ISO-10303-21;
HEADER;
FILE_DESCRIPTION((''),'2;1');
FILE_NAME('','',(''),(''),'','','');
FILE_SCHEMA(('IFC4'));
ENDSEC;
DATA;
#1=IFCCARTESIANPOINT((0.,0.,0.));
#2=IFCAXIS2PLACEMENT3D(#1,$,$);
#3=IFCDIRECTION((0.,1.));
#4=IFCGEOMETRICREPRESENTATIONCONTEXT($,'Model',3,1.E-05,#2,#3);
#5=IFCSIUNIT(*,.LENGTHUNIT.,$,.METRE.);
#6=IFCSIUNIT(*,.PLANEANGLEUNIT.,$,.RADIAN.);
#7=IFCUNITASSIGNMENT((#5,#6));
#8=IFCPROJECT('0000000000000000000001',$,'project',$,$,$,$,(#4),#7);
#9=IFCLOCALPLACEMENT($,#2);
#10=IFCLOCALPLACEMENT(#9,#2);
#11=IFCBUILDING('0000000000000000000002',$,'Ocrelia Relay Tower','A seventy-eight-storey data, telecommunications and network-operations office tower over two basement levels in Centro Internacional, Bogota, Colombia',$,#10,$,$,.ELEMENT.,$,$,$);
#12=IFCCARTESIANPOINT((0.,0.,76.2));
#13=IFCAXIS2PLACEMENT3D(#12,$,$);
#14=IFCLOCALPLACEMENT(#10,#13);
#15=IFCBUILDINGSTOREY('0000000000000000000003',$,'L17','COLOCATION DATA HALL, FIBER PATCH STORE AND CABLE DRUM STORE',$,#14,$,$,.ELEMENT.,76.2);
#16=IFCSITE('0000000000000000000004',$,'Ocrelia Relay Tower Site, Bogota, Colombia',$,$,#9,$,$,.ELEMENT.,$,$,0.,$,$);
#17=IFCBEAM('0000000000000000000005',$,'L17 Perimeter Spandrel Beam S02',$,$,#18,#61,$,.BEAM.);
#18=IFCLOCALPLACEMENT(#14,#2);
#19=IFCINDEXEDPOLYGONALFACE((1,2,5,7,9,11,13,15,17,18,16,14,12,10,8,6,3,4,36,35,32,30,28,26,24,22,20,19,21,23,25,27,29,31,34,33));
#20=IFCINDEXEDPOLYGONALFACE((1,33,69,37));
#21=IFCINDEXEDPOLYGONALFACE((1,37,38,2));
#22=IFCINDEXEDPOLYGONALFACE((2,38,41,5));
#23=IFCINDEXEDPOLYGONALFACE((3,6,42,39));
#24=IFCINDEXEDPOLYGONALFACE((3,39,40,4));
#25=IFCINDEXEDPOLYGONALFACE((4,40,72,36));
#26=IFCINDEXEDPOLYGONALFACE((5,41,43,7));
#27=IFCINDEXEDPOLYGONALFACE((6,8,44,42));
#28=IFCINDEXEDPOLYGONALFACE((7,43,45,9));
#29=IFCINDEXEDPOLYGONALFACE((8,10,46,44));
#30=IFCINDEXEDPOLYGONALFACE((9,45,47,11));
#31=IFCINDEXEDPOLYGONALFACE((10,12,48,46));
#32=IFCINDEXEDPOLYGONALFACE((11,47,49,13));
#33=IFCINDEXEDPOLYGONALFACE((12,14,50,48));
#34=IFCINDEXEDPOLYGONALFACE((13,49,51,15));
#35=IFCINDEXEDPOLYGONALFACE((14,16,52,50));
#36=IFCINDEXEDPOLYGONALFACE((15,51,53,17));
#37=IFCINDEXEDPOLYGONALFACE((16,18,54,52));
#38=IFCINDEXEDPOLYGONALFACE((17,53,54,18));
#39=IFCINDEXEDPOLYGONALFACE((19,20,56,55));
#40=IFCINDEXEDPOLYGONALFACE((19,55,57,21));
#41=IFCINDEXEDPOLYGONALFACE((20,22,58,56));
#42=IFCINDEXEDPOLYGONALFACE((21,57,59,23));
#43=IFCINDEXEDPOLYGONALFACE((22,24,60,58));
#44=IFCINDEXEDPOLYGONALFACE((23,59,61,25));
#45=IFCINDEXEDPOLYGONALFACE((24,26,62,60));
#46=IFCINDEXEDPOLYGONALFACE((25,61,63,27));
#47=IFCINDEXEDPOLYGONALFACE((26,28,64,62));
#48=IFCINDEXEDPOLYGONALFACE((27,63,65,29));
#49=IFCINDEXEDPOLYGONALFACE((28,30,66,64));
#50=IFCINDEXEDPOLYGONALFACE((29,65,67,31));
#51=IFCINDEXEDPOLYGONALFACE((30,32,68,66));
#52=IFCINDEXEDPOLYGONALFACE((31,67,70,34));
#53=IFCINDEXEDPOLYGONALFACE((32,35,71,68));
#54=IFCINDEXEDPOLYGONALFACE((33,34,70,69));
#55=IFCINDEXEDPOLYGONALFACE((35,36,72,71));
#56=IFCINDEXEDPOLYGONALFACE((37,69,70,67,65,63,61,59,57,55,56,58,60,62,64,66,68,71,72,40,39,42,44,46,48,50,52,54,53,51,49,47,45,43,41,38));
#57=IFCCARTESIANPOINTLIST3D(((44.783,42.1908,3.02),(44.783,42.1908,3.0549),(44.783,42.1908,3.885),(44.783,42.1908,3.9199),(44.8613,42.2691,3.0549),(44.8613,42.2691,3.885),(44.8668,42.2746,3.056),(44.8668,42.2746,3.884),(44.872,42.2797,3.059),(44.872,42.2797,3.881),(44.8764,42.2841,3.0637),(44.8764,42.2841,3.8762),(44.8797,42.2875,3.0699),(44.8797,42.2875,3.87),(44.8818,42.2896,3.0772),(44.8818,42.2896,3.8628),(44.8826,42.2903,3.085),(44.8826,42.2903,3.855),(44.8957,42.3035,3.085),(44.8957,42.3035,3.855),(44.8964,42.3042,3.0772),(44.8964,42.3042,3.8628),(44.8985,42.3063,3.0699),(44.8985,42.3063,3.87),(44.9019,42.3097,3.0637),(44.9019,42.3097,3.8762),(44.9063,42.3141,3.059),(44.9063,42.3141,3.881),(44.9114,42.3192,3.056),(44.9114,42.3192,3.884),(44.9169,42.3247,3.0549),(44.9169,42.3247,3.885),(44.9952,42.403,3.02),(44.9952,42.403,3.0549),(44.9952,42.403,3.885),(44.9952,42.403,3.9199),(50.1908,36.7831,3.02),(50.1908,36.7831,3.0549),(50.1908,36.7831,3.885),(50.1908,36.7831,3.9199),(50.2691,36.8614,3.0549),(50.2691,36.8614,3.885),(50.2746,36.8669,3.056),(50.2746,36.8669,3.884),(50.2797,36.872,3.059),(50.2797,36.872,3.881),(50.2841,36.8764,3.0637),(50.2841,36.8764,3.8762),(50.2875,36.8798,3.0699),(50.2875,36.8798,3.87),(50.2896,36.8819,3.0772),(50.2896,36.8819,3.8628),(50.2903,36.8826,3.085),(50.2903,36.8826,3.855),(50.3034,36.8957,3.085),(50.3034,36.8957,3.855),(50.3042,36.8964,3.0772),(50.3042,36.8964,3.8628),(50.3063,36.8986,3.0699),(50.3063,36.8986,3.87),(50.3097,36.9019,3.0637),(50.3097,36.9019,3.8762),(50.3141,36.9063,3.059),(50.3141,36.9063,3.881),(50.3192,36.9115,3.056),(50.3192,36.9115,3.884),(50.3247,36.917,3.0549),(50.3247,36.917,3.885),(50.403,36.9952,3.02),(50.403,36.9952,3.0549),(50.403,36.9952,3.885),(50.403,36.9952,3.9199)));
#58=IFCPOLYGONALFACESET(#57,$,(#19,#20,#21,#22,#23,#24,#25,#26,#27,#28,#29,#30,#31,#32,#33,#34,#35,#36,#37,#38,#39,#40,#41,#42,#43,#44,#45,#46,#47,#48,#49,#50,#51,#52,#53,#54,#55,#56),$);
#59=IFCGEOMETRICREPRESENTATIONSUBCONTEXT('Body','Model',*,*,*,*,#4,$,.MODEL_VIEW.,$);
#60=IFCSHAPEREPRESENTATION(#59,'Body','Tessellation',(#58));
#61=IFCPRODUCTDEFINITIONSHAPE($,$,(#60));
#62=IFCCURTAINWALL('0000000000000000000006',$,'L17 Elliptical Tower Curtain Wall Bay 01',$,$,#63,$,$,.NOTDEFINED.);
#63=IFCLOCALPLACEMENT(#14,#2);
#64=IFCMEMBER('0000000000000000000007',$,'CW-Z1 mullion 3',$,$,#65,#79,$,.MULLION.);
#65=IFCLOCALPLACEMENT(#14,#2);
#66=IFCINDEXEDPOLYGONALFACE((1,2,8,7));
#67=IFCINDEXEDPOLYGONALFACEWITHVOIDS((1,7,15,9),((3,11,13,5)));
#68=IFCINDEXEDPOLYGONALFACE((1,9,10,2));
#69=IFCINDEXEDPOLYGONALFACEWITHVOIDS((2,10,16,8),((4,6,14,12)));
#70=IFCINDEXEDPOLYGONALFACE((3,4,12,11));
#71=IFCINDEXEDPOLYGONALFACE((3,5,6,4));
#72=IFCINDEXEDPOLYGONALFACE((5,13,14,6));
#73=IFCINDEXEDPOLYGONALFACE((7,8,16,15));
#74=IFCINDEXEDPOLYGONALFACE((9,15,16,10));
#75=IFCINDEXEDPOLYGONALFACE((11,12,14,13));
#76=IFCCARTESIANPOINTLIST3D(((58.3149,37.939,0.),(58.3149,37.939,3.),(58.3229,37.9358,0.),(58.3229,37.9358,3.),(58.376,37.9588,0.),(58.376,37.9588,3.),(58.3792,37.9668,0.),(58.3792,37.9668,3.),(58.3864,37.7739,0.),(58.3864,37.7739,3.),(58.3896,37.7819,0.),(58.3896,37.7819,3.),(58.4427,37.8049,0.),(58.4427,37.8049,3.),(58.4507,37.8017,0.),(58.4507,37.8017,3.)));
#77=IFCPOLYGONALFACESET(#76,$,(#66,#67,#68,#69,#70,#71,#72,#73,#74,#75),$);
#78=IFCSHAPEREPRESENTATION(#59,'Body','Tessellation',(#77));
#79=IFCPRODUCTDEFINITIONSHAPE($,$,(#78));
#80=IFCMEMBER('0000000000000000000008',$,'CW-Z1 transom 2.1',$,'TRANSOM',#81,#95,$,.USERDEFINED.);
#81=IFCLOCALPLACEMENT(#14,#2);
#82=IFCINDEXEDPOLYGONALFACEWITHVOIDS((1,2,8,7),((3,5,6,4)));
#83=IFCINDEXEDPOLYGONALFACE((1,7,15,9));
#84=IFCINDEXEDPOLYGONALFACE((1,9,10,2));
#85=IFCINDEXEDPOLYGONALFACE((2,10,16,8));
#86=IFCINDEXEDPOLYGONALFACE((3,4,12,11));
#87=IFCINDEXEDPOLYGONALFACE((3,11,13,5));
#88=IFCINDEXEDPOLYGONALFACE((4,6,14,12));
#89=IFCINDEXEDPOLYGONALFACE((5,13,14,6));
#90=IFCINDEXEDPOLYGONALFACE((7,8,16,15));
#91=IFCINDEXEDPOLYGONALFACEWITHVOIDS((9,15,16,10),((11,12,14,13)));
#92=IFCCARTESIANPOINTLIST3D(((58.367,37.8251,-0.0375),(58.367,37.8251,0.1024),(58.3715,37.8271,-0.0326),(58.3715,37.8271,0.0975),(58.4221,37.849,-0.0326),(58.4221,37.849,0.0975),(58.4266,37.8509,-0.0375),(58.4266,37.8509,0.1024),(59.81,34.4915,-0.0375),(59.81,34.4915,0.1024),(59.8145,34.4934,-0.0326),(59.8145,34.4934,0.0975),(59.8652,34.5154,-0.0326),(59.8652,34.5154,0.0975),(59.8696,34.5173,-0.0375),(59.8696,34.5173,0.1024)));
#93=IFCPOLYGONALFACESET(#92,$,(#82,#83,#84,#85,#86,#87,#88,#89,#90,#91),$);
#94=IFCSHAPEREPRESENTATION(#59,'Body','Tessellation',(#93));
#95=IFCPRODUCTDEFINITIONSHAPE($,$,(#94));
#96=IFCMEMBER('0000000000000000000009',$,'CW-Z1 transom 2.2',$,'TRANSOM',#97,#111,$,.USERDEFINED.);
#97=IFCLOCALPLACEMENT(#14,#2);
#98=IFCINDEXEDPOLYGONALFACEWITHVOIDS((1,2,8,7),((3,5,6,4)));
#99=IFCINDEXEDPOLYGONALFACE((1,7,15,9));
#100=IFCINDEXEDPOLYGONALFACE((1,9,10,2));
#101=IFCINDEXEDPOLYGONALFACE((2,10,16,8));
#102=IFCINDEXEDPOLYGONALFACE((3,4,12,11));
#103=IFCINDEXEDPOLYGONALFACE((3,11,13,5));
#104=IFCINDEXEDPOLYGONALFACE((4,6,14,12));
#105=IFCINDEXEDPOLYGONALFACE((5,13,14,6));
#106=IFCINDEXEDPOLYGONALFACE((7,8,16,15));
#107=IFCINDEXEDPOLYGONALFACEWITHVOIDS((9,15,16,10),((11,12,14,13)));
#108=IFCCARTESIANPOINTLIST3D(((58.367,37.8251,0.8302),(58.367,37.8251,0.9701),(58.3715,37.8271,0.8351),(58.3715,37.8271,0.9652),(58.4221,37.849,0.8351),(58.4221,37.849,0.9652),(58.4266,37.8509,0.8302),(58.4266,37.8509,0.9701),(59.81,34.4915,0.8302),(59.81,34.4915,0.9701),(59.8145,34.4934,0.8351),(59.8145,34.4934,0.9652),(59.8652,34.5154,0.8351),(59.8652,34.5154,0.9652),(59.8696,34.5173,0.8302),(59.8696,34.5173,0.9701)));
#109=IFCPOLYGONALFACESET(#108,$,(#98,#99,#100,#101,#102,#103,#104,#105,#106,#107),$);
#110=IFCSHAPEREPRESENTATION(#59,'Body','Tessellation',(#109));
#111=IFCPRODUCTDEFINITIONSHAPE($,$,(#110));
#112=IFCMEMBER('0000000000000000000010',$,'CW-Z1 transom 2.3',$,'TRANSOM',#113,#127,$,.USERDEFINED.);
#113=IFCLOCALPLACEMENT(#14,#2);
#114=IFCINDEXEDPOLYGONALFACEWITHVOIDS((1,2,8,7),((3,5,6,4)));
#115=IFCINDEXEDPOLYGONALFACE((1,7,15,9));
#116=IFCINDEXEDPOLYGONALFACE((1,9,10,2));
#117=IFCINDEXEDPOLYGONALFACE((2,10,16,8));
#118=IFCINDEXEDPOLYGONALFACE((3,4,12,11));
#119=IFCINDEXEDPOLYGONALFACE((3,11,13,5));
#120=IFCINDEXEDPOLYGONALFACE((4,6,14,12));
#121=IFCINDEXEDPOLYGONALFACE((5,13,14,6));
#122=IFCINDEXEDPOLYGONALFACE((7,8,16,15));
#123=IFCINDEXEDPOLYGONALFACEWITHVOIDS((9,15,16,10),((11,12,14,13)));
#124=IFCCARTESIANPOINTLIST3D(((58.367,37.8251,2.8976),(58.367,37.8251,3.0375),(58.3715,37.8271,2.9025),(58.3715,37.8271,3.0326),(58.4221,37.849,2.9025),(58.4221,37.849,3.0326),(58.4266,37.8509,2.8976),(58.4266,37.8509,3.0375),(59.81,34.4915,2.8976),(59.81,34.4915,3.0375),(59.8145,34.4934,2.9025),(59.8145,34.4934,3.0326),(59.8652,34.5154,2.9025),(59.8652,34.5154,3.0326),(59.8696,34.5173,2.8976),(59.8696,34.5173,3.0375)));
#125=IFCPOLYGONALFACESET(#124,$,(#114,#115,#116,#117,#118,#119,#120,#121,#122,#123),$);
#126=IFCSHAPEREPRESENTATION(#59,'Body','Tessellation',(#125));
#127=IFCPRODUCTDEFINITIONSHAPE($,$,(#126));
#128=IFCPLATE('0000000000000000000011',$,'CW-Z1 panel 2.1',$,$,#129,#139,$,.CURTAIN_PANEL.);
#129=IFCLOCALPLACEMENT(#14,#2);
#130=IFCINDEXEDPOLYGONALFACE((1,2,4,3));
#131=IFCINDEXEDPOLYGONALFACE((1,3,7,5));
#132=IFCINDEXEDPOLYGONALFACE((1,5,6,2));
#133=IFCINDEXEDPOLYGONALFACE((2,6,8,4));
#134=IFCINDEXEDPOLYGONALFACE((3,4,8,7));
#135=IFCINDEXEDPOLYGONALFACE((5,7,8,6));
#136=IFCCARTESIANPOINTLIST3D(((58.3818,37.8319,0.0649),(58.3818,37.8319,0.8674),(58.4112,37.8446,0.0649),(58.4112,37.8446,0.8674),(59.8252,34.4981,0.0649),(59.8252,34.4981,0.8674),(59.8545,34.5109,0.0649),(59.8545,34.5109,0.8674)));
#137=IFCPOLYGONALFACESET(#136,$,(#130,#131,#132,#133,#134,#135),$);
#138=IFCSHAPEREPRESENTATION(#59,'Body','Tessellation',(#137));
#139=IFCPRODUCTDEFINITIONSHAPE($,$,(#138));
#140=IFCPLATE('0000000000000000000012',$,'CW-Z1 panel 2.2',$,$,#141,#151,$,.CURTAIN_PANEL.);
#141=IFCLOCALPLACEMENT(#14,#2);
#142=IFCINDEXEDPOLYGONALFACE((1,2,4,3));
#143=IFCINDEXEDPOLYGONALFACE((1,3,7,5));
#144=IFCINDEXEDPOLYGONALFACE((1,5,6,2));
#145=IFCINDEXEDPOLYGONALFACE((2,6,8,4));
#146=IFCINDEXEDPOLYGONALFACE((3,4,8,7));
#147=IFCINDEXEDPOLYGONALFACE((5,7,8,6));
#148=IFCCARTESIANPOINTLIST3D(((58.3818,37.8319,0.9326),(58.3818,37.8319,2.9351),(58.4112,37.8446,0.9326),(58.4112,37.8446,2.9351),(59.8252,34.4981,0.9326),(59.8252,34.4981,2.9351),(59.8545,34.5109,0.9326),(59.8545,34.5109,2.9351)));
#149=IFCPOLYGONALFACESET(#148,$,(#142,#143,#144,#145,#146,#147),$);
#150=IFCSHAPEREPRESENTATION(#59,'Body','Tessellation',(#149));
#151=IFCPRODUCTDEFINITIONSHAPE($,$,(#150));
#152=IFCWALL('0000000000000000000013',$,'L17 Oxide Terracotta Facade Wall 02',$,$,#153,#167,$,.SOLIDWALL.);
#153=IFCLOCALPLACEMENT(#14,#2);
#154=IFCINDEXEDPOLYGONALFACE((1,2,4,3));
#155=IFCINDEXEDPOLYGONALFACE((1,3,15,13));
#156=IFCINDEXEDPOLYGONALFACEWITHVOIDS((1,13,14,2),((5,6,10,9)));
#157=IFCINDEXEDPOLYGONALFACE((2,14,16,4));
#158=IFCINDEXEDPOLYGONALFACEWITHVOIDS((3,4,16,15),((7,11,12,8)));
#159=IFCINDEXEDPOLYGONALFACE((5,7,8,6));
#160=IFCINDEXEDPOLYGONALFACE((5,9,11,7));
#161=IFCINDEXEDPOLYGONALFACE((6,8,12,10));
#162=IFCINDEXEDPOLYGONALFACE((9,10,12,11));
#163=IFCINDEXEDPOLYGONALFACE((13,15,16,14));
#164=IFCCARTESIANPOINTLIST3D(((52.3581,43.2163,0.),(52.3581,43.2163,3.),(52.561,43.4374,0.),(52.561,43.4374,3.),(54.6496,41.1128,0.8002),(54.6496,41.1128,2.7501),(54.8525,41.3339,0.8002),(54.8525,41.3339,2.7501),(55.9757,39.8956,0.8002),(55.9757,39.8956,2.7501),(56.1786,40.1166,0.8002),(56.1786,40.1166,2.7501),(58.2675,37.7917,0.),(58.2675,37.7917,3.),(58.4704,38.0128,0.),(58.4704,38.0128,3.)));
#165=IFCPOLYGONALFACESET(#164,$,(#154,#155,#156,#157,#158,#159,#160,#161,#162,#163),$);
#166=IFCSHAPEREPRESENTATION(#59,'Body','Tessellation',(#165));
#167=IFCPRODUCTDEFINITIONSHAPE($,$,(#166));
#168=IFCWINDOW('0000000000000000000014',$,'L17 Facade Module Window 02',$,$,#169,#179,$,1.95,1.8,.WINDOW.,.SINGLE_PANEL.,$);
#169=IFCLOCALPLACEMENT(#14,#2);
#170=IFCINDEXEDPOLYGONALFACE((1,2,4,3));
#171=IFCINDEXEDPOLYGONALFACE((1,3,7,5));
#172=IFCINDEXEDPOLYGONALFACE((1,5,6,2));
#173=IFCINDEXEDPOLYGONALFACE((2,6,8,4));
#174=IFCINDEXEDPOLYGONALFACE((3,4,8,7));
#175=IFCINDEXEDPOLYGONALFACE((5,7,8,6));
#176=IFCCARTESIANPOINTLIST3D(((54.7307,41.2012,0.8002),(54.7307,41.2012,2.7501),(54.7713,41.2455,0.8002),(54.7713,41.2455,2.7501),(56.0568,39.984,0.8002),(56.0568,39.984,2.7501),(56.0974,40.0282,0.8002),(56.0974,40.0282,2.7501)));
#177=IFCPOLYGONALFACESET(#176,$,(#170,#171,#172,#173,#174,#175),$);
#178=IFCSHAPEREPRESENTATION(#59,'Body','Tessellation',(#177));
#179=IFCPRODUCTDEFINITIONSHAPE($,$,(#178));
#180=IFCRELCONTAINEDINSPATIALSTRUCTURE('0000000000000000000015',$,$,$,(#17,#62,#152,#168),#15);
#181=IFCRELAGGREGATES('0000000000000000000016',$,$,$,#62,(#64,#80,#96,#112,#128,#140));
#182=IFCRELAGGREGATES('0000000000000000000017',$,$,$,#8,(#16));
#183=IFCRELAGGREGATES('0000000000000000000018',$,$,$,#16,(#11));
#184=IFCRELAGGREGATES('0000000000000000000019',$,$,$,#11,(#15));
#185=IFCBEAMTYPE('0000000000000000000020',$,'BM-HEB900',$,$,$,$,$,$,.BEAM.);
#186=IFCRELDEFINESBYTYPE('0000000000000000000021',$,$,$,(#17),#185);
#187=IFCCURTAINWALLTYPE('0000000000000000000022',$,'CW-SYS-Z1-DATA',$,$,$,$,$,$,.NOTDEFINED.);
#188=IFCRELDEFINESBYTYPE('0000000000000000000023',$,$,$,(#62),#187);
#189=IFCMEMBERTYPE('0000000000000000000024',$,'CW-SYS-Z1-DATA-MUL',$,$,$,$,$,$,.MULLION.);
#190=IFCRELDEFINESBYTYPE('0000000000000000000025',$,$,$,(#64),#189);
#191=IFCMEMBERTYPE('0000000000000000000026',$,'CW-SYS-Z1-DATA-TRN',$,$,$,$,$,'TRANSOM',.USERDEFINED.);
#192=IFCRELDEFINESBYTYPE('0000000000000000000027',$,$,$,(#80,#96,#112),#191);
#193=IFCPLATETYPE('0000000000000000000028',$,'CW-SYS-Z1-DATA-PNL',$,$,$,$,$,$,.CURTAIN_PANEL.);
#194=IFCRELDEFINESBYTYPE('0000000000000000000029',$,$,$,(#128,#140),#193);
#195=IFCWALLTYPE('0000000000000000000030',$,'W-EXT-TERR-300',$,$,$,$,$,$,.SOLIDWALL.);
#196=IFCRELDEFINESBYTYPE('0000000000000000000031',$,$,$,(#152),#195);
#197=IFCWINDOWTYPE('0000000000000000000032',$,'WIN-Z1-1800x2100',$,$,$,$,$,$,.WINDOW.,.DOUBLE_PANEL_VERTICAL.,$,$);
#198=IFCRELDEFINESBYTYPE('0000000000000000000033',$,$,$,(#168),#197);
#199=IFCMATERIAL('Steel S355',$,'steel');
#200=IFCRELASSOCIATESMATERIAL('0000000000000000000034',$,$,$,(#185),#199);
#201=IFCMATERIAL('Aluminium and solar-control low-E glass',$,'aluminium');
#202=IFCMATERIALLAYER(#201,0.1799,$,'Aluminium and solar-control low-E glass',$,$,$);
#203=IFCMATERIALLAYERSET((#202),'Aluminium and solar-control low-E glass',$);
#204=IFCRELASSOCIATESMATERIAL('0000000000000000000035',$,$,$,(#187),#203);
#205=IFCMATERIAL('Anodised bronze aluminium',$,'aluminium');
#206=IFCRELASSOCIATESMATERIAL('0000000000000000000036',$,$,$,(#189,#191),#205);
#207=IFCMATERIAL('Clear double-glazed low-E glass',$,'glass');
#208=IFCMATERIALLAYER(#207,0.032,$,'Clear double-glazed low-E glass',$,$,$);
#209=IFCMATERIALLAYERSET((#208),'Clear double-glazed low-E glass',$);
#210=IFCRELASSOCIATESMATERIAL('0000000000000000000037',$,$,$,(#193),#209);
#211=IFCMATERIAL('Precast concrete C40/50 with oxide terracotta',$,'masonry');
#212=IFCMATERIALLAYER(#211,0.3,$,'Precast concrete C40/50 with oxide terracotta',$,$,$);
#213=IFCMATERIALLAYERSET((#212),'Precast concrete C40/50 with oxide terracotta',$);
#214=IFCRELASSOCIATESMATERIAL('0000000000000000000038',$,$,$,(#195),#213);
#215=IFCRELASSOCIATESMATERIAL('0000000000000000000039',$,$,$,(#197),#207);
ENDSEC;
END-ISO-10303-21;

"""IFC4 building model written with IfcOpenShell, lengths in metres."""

from ifc_helpers import new_model, si_unit, direction, frame, frame_2d, origin, origin_2d, place, context, subcontext, project, spatial, rectangle, hollow_rectangle, i_section, extrude, material, layer, layer_set, material_profile, profile_set, type_object, element, fill, aggregate, save


model = new_model("IFC4")

# Units and contexts
model_context = context("Model", 3, precision=1e-05, world=origin(), true_north=direction((0.0, 1.0)))
body_context = subcontext(model_context, "Body", "Model", "MODEL_VIEW")
ifc_project = project(units=[si_unit("LENGTHUNIT", "METRE"), si_unit("PLANEANGLEUNIT", "RADIAN")], contexts=[model_context])

# Site, building, storey
site_placement = place(None, origin())
site = spatial("IfcSite", under=ifc_project, at=site_placement, Name="Ocrelia Relay Tower Site, Bogota, Colombia", CompositionType="ELEMENT", RefElevation=0.0)
building_placement = place(site_placement, origin())
building = spatial("IfcBuilding", under=site, at=building_placement, Name="Ocrelia Relay Tower", Description="A seventy-eight-storey data, telecommunications and network-operations office tower over two basement levels in Centro Internacional, Bogota, Colombia", CompositionType="ELEMENT")
storey_placement = place(building_placement, frame((0.0, 0.0, 76.2)))
storey = spatial("IfcBuildingStorey", under=building, at=storey_placement, Name="L17", Description="COLOCATION DATA HALL, FIBER PATCH STORE AND CABLE DRUM STORE", CompositionType="ELEMENT", Elevation=76.2)

# Beam
ifc_material_1 = material(Name="Steel S355", Category="steel")
ifc_material_profile_1 = material_profile(ifc_material_1, i_section(OverallWidth=0.3, OverallDepth=0.8999, WebThickness=0.0186, FlangeThickness=0.0349, FilletRadius=0.03, at=origin_2d()), Name="HEB 900")
ifc_profile_set_1 = profile_set([ifc_material_profile_1], Name="Steel S355")
beam_type_1 = type_object("IfcBeamType", Name="BM-HEB900", PredefinedType="BEAM", material=ifc_profile_set_1)
beam_1_placement = place(storey_placement, frame((50.2969, 36.8892, 3.47), z_axis=(-0.707107, 0.707107, 0.0), x_axis=(-0.707107, -0.707107, 0.0)))
element("IfcBeam", 1, at=beam_1_placement, inside=storey, type_object=beam_type_1, Name="L17 Perimeter Spandrel Beam S02", PredefinedType="BEAM", context=body_context, shape_type="SweptSolid", body=[
    extrude(i_section(OverallWidth=0.3, OverallDepth=0.8999, WebThickness=0.0186, FlangeThickness=0.0349, FilletRadius=0.03, at=origin_2d()), origin(), (0.0, 0.0, 1.0), 7.6477),
])

# Curtain wall, members, plates
ifc_material_2 = material(Name="Aluminium and solar-control low-E glass", Category="aluminium")
ifc_layer_1 = layer(ifc_material_2, 0.1799, Name="Aluminium and solar-control low-E glass")
ifc_layer_set_1 = layer_set([ifc_layer_1], Name="Aluminium and solar-control low-E glass")
curtain_wall_type = type_object("IfcCurtainWallType", Name="CW-SYS-Z1-DATA", PredefinedType="NOTDEFINED", material=ifc_layer_set_1)
curtain_wall_placement = place(storey_placement, origin())
curtain_wall = element("IfcCurtainWall", 2, at=curtain_wall_placement, inside=storey, type_object=curtain_wall_type, Name="L17 Elliptical Tower Curtain Wall Bay 01", PredefinedType="NOTDEFINED")
ifc_material_3 = material(Name="Anodised bronze aluminium", Category="aluminium")
ifc_material_profile_2 = material_profile(ifc_material_3, hollow_rectangle(XDim=0.0701, YDim=0.1799, WallThickness=0.0061, at=origin_2d()), Name="CW-MUL-180x70")
ifc_profile_set_2 = profile_set([ifc_material_profile_2], Name="Anodised bronze aluminium")
member_type_1 = type_object("IfcMemberType", Name="CW-SYS-Z1-DATA-MUL", PredefinedType="MULLION", material=ifc_profile_set_2)
member_1_placement = place(storey_placement, frame((58.3828, 37.8704, 0.0), z_axis=(0.0, 0.0, 1.0), x_axis=(-0.917683, -0.397313, 0.0)))
member_1 = element("IfcMember", 3, at=member_1_placement, type_object=member_type_1, Name="CW-Z1 mullion 3", PredefinedType="MULLION", context=body_context, shape_type="SweptSolid", body=[
    extrude(hollow_rectangle(XDim=0.0701, YDim=0.1799, WallThickness=0.0061, at=origin_2d()), origin(), (0.0, 0.0, 1.0), 3.0),
])
ifc_material_profile_3 = material_profile(ifc_material_3, hollow_rectangle(XDim=0.0649, YDim=0.1399, WallThickness=0.0049, at=origin_2d()), Name="CW-TRN-140x65")
ifc_profile_set_3 = profile_set([ifc_material_profile_3], Name="Anodised bronze aluminium")
member_type_2 = type_object("IfcMemberType", Name="CW-SYS-Z1-DATA-TRN", ElementType="TRANSOM", PredefinedType="USERDEFINED", material=ifc_profile_set_3)
member_2_placement = place(storey_placement, frame((59.8398, 34.5044, 0.0325), z_axis=(-0.397258, 0.917707, 0.0), x_axis=(-0.917707, -0.397258, 0.0)))
member_2 = element("IfcMember", 4, at=member_2_placement, type_object=member_type_2, Name="CW-Z1 transom 2.1", ObjectType="TRANSOM", PredefinedType="USERDEFINED", context=body_context, shape_type="SweptSolid", body=[
    extrude(hollow_rectangle(XDim=0.0649, YDim=0.1399, WallThickness=0.0049, at=origin_2d()), origin(), (0.0, 0.0, 1.0), 3.6326),
])
member_3_placement = place(storey_placement, frame((59.8398, 34.5044, 0.9001), z_axis=(-0.397258, 0.917707, 0.0), x_axis=(-0.917707, -0.397258, 0.0)))
member_3 = element("IfcMember", 5, at=member_3_placement, type_object=member_type_2, Name="CW-Z1 transom 2.2", ObjectType="TRANSOM", PredefinedType="USERDEFINED", context=body_context, shape_type="SweptSolid", body=[
    extrude(hollow_rectangle(XDim=0.0649, YDim=0.1399, WallThickness=0.0049, at=origin_2d()), origin(), (0.0, 0.0, 1.0), 3.6326),
])
member_4_placement = place(storey_placement, frame((59.8398, 34.5044, 2.9675), z_axis=(-0.397258, 0.917707, 0.0), x_axis=(-0.917707, -0.397258, 0.0)))
member_4 = element("IfcMember", 6, at=member_4_placement, type_object=member_type_2, Name="CW-Z1 transom 2.3", ObjectType="TRANSOM", PredefinedType="USERDEFINED", context=body_context, shape_type="SweptSolid", body=[
    extrude(hollow_rectangle(XDim=0.0649, YDim=0.1399, WallThickness=0.0049, at=origin_2d()), origin(), (0.0, 0.0, 1.0), 3.6326),
])
ifc_material_4 = material(Name="Clear double-glazed low-E glass", Category="glass")
ifc_layer_2 = layer(ifc_material_4, 0.032, Name="Clear double-glazed low-E glass")
ifc_layer_set_2 = layer_set([ifc_layer_2], Name="Clear double-glazed low-E glass")
plate_type = type_object("IfcPlateType", Name="CW-SYS-Z1-DATA-PNL", PredefinedType="CURTAIN_PANEL", material=ifc_layer_set_2)
plate_1_placement = place(storey_placement, frame((59.1182, 36.1714, 0.0649), z_axis=(0.0, 0.0, 1.0), x_axis=(-0.397313, 0.917683, 0.0)))
plate_1 = element("IfcPlate", 7, at=plate_1_placement, type_object=plate_type, Name="CW-Z1 panel 2.1", PredefinedType="CURTAIN_PANEL", context=body_context, shape_type="SweptSolid", body=[
    extrude(rectangle(XDim=3.6328, YDim=0.032, at=origin_2d()), origin(), (0.0, 0.0, 1.0), 0.8025),
])
plate_2_placement = place(storey_placement, frame((59.1182, 36.1714, 0.9326), z_axis=(0.0, 0.0, 1.0), x_axis=(-0.397313, 0.917683, 0.0)))
plate_2 = element("IfcPlate", 8, at=plate_2_placement, type_object=plate_type, Name="CW-Z1 panel 2.2", PredefinedType="CURTAIN_PANEL", context=body_context, shape_type="SweptSolid", body=[
    extrude(rectangle(XDim=3.6328, YDim=0.032, at=origin_2d()), origin(), (0.0, 0.0, 1.0), 2.0024),
])
aggregate(curtain_wall, [member_1, member_2, member_3, member_4, plate_1, plate_2])

# Wall, opening, window
ifc_material_5 = material(Name="Precast concrete C40/50 with oxide terracotta", Category="masonry")
ifc_layer_3 = layer(ifc_material_5, 0.3, Name="Precast concrete C40/50 with oxide terracotta")
ifc_layer_set_3 = layer_set([ifc_layer_3], Name="Precast concrete C40/50 with oxide terracotta")
wall_type = type_object("IfcWallType", Name="W-EXT-TERR-300", PredefinedType="SOLIDWALL", material=ifc_layer_set_3)
wall_1_placement = place(storey_placement, frame((58.3689, 37.9023, 0.0), z_axis=(0.0, 0.0, 1.0), x_axis=(-0.736683, 0.676239, 0.0)))
wall_1 = element("IfcWall", 9, at=wall_1_placement, inside=storey, type_object=wall_type, Name="L17 Oxide Terracotta Facade Wall 02", PredefinedType="SOLIDWALL", context=body_context, shape_type="SweptSolid", body=[
    extrude(rectangle(XDim=8.0217, YDim=0.3, at=frame_2d((4.0107, 0.0))), origin(), (0.0, 0.0, 1.0), 3.0),
])
opening_1_placement = place(wall_1_placement, frame((3.1111, 0.0, 0.8)))
opening_1 = element("IfcOpeningElement", 10, at=opening_1_placement, cuts=wall_1, PredefinedType="OPENING", context=body_context, shape_type="SweptSolid", body=[
    extrude(rectangle(XDim=1.8, YDim=1.95, at=frame_2d((0.8999, 0.9751))), frame((0.0, 0.1602, 0.0), z_axis=(0.0, -1.0, 0.0), x_axis=(1.0, 0.0, 0.0)), (0.0, 0.0, 1.0), 0.3201),
])
window_type = type_object("IfcWindowType", Name="WIN-Z1-1800x2100", PartitioningType="DOUBLE_PANEL_VERTICAL", PredefinedType="WINDOW", material=ifc_material_4)
window_1_placement = place(opening_1_placement, origin())
window_1 = element("IfcWindow", 11, at=window_1_placement, inside=storey, type_object=window_type, Name="L17 Facade Module Window 02", OverallHeight=1.95, OverallWidth=1.8, PartitioningType="SINGLE_PANEL", PredefinedType="WINDOW", context=body_context, shape_type="SweptSolid", body=[
    extrude(rectangle(XDim=1.8, YDim=1.95, at=frame_2d((0.8999, 0.9751))), frame((0.0, 0.03, 0.0), z_axis=(0.0, -1.0, 0.0), x_axis=(1.0, 0.0, 0.0)), (0.0, 0.0, 1.0), 0.0601),
])
fill(opening_1, window_1)

save(model, "model.ifc")
